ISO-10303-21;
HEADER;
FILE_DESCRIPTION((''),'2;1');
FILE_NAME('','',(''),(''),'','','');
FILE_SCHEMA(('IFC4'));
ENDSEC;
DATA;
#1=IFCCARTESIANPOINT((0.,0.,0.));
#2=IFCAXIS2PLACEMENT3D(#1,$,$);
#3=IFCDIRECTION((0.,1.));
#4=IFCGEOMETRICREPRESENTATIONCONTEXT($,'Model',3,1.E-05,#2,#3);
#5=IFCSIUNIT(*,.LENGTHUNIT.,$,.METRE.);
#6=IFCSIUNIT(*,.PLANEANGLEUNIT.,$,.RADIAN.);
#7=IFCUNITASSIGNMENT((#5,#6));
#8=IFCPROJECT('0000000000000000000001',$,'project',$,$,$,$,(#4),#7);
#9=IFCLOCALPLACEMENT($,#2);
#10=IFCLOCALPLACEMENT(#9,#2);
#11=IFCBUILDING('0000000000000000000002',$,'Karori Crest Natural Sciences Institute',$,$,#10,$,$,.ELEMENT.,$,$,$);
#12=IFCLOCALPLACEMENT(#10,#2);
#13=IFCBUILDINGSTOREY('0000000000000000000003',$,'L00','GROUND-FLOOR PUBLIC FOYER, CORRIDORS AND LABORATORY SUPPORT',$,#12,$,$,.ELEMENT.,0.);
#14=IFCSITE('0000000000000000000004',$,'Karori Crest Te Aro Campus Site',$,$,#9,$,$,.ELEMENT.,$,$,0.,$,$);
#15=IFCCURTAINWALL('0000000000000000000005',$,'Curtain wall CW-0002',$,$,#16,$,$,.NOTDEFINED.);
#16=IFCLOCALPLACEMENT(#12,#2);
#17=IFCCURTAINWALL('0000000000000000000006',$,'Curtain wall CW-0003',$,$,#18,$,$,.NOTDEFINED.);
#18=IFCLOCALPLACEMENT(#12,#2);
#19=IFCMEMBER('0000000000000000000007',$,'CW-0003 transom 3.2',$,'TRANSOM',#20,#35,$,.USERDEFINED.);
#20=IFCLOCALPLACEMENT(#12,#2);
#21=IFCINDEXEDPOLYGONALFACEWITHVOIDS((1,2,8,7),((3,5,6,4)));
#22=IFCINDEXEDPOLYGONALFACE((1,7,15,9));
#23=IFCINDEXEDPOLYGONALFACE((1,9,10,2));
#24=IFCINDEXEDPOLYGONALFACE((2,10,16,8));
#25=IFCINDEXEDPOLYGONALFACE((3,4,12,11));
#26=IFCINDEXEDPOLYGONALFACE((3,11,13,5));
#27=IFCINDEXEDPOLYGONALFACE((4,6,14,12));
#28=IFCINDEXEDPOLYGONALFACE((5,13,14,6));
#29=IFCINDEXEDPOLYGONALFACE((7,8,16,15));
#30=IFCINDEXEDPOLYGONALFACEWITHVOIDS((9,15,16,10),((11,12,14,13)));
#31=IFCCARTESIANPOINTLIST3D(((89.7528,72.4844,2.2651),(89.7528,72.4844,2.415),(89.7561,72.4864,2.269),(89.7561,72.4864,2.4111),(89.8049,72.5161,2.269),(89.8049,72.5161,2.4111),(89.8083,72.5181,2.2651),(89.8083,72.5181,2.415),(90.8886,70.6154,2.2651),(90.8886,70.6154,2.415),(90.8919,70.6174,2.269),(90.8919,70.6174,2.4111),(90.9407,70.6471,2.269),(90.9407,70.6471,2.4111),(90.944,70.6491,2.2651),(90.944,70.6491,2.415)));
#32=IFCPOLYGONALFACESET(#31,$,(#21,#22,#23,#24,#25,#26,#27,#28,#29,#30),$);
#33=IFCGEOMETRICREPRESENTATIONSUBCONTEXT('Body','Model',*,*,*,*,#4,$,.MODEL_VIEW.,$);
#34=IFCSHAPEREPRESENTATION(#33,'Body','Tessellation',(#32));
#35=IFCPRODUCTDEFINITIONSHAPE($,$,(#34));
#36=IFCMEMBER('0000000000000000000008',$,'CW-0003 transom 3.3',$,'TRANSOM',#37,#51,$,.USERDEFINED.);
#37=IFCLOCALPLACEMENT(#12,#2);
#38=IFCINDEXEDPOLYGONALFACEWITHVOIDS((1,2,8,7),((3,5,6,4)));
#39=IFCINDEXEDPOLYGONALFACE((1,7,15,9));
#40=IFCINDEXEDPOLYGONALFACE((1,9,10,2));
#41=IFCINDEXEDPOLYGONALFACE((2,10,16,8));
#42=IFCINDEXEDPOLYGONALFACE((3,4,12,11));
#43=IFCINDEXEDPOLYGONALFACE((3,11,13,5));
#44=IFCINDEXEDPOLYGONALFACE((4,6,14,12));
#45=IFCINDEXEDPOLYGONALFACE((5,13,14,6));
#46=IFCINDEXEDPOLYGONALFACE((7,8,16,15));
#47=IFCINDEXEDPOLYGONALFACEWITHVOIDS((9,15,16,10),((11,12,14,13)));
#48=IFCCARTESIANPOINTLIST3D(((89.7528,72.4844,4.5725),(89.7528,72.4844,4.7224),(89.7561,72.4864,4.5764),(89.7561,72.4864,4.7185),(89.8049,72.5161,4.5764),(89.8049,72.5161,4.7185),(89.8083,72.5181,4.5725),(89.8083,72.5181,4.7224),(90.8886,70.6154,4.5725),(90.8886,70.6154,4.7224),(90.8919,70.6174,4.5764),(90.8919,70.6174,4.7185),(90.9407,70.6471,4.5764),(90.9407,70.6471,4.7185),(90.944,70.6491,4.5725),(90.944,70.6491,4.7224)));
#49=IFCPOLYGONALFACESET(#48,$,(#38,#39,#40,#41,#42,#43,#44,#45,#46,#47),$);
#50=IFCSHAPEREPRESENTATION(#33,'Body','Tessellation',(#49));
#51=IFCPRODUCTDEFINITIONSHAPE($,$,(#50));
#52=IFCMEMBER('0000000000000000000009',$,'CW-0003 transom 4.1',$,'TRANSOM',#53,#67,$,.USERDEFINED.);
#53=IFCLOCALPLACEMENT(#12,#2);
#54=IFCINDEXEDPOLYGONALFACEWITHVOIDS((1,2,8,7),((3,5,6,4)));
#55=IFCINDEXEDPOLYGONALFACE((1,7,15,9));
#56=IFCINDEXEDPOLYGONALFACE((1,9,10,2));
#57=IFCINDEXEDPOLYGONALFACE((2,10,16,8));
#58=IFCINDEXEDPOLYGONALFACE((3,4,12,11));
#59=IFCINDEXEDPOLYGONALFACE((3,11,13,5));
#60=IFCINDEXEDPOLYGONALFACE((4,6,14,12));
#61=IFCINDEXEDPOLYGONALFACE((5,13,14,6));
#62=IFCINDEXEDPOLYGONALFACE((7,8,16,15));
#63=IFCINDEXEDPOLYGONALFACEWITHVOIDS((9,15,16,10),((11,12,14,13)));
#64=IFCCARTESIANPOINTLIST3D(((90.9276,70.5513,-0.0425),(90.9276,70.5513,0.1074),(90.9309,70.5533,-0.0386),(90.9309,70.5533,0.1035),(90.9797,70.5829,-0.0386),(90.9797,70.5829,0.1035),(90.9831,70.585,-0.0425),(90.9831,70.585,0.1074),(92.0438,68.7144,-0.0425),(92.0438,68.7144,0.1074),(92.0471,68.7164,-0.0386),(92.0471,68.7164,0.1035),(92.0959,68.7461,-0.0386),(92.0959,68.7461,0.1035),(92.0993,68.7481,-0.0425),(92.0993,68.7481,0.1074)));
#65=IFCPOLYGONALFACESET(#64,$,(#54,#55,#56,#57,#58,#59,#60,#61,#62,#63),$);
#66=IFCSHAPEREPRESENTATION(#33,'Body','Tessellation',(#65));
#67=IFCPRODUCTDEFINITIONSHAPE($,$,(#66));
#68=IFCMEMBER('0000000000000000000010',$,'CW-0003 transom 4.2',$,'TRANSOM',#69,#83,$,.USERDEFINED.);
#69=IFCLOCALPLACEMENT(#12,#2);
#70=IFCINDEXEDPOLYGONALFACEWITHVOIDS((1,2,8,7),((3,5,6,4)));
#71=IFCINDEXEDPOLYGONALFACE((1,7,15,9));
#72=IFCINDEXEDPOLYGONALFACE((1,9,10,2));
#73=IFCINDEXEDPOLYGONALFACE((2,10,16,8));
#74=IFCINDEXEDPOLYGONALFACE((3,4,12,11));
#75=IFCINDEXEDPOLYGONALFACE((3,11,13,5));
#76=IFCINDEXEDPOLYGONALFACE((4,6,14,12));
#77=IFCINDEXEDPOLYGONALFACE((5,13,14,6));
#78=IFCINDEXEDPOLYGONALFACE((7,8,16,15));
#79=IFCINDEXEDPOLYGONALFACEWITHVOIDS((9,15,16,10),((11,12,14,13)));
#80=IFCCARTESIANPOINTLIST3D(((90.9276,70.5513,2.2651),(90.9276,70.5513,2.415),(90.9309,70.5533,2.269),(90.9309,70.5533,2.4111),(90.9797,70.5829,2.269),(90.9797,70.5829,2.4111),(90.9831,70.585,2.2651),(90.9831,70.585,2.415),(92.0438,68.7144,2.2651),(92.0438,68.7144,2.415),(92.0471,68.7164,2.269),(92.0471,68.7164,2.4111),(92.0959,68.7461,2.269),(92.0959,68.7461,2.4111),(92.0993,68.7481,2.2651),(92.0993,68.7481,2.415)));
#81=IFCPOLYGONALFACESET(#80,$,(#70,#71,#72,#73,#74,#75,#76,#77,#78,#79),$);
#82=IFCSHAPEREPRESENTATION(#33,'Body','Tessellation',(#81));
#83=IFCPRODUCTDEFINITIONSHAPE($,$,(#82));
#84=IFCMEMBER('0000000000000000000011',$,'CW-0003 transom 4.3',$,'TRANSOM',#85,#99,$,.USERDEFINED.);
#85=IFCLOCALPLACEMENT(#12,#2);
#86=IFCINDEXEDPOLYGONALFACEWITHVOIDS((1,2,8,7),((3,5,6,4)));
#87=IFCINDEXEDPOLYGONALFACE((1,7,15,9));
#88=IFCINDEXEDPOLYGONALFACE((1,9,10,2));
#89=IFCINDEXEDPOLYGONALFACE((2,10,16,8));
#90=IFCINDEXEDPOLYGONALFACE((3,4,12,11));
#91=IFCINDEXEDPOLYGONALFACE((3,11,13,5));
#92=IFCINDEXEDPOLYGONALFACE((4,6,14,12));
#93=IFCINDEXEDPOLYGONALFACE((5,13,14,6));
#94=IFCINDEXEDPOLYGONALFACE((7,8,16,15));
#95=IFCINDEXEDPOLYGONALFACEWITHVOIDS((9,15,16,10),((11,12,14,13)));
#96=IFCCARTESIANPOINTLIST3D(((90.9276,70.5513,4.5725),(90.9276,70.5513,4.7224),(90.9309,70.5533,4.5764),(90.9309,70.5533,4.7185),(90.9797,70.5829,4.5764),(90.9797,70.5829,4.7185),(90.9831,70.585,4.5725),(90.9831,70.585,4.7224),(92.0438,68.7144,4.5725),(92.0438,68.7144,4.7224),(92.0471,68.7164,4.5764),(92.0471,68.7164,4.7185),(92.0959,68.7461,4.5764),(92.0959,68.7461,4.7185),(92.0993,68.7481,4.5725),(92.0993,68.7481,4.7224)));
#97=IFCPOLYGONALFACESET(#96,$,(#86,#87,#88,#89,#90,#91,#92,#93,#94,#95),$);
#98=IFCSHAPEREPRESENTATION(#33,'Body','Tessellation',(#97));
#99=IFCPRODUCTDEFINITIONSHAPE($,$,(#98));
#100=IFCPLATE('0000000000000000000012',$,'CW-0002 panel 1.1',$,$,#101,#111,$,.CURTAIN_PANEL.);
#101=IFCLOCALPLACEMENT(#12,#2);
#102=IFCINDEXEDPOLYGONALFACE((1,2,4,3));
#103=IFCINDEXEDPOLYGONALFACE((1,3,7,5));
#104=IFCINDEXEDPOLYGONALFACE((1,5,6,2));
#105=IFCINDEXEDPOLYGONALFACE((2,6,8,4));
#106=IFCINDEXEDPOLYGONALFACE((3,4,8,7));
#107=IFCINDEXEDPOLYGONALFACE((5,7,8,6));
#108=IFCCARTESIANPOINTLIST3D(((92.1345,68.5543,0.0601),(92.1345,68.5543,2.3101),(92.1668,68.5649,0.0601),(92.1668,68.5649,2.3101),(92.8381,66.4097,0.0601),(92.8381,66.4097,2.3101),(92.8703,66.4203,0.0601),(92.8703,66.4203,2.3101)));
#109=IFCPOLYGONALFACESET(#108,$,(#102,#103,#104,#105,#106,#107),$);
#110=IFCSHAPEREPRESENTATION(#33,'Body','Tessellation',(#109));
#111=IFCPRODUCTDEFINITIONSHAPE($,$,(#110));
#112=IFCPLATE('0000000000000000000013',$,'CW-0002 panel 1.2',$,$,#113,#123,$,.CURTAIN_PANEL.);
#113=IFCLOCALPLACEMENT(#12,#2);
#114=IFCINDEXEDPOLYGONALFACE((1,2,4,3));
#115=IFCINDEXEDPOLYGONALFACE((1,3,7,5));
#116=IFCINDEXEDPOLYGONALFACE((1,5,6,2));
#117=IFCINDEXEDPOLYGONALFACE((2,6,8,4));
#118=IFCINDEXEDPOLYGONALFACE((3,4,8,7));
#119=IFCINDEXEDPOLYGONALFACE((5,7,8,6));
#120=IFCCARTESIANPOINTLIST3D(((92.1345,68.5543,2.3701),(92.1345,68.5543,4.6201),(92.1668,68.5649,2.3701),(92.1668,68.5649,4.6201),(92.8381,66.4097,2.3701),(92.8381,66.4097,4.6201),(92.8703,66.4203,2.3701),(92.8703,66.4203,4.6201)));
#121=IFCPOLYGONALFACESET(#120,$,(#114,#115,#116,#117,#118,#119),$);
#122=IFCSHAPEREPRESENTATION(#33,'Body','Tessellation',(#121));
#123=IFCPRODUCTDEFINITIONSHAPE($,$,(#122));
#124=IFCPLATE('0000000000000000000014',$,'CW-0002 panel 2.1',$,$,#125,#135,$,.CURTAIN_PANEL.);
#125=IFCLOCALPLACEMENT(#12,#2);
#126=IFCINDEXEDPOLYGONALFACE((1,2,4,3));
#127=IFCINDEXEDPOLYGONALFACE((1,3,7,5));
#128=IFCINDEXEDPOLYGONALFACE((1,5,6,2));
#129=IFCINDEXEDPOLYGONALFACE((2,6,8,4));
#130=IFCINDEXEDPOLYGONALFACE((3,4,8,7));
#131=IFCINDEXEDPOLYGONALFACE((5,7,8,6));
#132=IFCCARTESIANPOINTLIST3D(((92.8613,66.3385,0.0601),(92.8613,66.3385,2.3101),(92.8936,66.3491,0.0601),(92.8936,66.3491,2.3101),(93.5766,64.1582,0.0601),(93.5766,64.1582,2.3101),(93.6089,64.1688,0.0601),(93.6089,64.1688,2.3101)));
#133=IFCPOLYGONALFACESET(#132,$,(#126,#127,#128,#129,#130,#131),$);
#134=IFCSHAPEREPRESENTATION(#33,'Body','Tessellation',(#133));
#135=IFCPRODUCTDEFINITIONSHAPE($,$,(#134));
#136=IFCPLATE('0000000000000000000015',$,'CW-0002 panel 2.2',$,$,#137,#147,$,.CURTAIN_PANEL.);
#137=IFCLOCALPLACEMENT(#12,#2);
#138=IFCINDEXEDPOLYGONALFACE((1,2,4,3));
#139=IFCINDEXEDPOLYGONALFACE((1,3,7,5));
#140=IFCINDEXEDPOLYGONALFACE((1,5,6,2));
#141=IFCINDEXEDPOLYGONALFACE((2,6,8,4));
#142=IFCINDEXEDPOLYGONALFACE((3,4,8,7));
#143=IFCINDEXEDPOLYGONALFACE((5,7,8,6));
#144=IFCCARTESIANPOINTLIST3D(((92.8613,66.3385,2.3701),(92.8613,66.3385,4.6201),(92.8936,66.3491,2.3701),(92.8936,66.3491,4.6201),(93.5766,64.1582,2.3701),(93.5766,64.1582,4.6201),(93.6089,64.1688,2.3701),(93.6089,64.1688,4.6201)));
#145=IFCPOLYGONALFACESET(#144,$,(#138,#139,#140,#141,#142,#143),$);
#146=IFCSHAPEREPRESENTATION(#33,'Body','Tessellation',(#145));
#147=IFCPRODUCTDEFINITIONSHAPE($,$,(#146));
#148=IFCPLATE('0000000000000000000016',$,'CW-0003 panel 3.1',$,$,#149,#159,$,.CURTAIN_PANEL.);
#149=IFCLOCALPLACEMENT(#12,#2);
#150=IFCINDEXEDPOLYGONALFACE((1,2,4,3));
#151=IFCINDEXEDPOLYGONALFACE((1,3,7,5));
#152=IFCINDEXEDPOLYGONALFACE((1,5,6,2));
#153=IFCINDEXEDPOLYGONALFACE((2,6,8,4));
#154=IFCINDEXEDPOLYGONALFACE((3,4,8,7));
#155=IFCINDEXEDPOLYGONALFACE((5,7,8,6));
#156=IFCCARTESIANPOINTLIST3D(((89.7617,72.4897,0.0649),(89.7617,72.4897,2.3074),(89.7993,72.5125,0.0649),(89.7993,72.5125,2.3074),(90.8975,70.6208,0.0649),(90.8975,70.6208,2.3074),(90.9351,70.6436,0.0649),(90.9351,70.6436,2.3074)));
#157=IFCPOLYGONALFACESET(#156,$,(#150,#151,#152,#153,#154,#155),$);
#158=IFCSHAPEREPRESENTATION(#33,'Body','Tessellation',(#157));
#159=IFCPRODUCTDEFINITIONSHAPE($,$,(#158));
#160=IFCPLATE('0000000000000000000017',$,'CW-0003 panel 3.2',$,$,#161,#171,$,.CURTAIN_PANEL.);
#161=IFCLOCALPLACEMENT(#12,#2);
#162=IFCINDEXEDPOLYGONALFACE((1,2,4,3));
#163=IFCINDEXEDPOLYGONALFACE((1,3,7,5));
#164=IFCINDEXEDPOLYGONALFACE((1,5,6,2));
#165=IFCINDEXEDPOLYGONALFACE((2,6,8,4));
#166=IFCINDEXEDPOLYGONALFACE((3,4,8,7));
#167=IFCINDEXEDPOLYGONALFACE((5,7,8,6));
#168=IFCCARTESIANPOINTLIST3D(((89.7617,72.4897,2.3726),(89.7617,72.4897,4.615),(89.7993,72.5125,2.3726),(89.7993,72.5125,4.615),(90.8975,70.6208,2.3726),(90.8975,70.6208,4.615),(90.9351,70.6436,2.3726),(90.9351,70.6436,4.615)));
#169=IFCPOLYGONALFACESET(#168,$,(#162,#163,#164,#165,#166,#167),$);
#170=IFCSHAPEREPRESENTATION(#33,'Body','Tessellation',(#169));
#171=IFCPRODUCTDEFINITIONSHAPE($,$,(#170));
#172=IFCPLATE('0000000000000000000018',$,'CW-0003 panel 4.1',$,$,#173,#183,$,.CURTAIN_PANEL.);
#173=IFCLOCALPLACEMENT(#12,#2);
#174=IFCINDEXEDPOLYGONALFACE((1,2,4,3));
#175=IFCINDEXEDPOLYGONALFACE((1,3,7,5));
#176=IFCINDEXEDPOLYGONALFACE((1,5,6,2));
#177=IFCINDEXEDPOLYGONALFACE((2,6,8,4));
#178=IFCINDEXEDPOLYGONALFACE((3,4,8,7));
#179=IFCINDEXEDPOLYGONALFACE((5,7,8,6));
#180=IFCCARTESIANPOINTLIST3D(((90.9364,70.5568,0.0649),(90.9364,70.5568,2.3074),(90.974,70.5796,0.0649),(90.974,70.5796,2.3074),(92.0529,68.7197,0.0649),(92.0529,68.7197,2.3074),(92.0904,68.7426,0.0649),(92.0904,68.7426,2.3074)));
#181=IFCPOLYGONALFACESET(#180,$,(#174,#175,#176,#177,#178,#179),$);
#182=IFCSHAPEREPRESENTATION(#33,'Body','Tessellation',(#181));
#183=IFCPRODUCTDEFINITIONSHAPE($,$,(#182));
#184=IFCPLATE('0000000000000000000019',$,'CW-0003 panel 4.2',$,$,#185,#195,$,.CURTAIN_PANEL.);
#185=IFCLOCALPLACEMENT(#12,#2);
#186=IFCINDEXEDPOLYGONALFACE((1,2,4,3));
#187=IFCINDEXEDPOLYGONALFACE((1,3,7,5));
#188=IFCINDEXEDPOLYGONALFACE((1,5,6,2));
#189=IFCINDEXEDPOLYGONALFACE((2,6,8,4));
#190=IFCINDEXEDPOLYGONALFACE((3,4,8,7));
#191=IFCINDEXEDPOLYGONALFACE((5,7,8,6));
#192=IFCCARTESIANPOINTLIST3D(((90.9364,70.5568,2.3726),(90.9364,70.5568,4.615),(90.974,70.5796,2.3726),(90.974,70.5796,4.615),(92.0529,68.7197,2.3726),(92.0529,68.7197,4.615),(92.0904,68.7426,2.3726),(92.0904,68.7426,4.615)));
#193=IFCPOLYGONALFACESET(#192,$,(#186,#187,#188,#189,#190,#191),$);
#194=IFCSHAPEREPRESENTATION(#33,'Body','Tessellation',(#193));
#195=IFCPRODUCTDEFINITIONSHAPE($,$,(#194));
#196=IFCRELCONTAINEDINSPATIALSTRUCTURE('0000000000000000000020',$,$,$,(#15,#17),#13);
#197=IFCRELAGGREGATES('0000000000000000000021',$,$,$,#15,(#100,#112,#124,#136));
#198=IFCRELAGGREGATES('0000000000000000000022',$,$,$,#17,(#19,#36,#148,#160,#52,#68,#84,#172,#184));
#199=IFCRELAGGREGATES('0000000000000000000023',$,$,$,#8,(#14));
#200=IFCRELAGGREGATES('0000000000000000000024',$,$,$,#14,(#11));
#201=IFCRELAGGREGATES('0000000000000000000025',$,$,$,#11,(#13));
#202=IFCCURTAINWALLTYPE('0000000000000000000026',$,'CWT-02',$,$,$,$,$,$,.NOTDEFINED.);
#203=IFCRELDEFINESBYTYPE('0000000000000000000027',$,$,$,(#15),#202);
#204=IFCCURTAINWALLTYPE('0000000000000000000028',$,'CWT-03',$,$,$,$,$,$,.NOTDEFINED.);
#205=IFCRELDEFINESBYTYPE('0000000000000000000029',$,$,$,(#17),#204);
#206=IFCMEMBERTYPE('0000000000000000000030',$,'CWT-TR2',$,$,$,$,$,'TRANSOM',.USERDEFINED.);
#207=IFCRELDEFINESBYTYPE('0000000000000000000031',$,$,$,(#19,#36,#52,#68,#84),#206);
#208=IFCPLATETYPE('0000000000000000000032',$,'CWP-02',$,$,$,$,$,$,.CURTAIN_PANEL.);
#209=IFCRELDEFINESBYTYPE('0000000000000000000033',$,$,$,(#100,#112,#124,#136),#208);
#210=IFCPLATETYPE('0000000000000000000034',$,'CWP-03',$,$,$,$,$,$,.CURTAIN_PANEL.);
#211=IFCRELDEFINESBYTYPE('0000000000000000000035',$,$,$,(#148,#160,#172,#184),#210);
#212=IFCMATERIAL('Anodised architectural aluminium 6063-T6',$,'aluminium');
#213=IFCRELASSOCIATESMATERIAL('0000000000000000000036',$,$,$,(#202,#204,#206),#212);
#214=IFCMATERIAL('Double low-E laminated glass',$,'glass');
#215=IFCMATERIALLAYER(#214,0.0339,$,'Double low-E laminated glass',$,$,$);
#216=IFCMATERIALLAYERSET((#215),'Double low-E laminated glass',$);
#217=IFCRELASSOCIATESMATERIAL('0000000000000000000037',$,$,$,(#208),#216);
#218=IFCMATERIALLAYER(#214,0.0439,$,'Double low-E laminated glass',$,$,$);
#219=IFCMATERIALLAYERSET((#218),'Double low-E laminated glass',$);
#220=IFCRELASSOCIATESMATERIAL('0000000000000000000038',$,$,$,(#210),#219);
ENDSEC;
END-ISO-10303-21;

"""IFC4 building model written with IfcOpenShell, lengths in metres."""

from ifc_helpers import new_model, si_unit, direction, frame, origin, origin_2d, place, context, subcontext, project, spatial, rectangle, hollow_rectangle, extrude, material, layer, layer_set, material_profile, profile_set, type_object, element, aggregate, save


model = new_model("IFC4")

# Units and contexts
model_context = context("Model", 3, precision=1e-05, world=origin(), true_north=direction((0.0, 1.0)))
body_context = subcontext(model_context, "Body", "Model", "MODEL_VIEW")
ifc_project = project(units=[si_unit("LENGTHUNIT", "METRE"), si_unit("PLANEANGLEUNIT", "RADIAN")], contexts=[model_context])

# Site, building, storey
site_placement = place(None, origin())
site = spatial("IfcSite", under=ifc_project, at=site_placement, Name="Karori Crest Te Aro Campus Site", CompositionType="ELEMENT", RefElevation=0.0)
building_placement = place(site_placement, origin())
building = spatial("IfcBuilding", under=site, at=building_placement, Name="Karori Crest Natural Sciences Institute", CompositionType="ELEMENT")
storey_placement = place(building_placement, origin())
storey = spatial("IfcBuildingStorey", under=building, at=storey_placement, Name="L00", Description="GROUND-FLOOR PUBLIC FOYER, CORRIDORS AND LABORATORY SUPPORT", CompositionType="ELEMENT", Elevation=0.0)

# Curtain walls
ifc_material_1 = material(Name="Anodised architectural aluminium 6063-T6", Category="aluminium")
curtain_wall_type_1 = type_object("IfcCurtainWallType", Name="CWT-02", PredefinedType="NOTDEFINED", material=ifc_material_1)
curtain_wall_1_placement = place(storey_placement, origin())
curtain_wall_1 = element("IfcCurtainWall", 1, at=curtain_wall_1_placement, inside=storey, type_object=curtain_wall_type_1, Name="Curtain wall CW-0002", PredefinedType="NOTDEFINED")
curtain_wall_type_2 = type_object("IfcCurtainWallType", Name="CWT-03", PredefinedType="NOTDEFINED", material=ifc_material_1)
curtain_wall_2_placement = place(storey_placement, origin())
curtain_wall_2 = element("IfcCurtainWall", 2, at=curtain_wall_2_placement, inside=storey, type_object=curtain_wall_type_2, Name="Curtain wall CW-0003", PredefinedType="NOTDEFINED")

# Members
ifc_material_profile_1 = material_profile(ifc_material_1, hollow_rectangle(XDim=0.0649, YDim=0.1499, WallThickness=0.0039, at=origin_2d()), Name="CWT150x65x4")
ifc_profile_set_1 = profile_set([ifc_material_profile_1], Name="Anodised architectural aluminium 6063-T6")
member_type_1 = type_object("IfcMemberType", Name="CWT-TR2", ElementType="TRANSOM", PredefinedType="USERDEFINED", material=ifc_profile_set_1)
member_1_placement = place(storey_placement, frame((89.7805, 72.5012, 2.3401), z_axis=(0.519331, -0.854573, 0.0), x_axis=(0.854573, 0.519331, 0.0)))
member_1 = element("IfcMember", 3, at=member_1_placement, type_object=member_type_1, Name="CW-0003 transom 3.2", ObjectType="TRANSOM", PredefinedType="USERDEFINED", context=body_context, shape_type="SweptSolid", body=[
    extrude(hollow_rectangle(XDim=0.0649, YDim=0.1499, WallThickness=0.0039, at=origin_2d()), origin(), (0.0, 0.0, 1.0), 2.187),
])
member_2_placement = place(storey_placement, frame((89.7805, 72.5012, 4.6475), z_axis=(0.519331, -0.854573, 0.0), x_axis=(0.854573, 0.519331, 0.0)))
member_2 = element("IfcMember", 4, at=member_2_placement, type_object=member_type_1, Name="CW-0003 transom 3.3", ObjectType="TRANSOM", PredefinedType="USERDEFINED", context=body_context, shape_type="SweptSolid", body=[
    extrude(hollow_rectangle(XDim=0.0649, YDim=0.1499, WallThickness=0.0039, at=origin_2d()), origin(), (0.0, 0.0, 1.0), 2.187),
])
member_3_placement = place(storey_placement, frame((90.9553, 70.5681, 0.0325), z_axis=(0.519298, -0.854593, 0.0), x_axis=(0.854593, 0.519298, 0.0)))
member_3 = element("IfcMember", 5, at=member_3_placement, type_object=member_type_1, Name="CW-0003 transom 4.1", ObjectType="TRANSOM", PredefinedType="USERDEFINED", context=body_context, shape_type="SweptSolid", body=[
    extrude(hollow_rectangle(XDim=0.0649, YDim=0.1499, WallThickness=0.0039, at=origin_2d()), origin(), (0.0, 0.0, 1.0), 2.1494),
])
member_4_placement = place(storey_placement, frame((90.9553, 70.5681, 2.3401), z_axis=(0.519298, -0.854593, 0.0), x_axis=(0.854593, 0.519298, 0.0)))
member_4 = element("IfcMember", 6, at=member_4_placement, type_object=member_type_1, Name="CW-0003 transom 4.2", ObjectType="TRANSOM", PredefinedType="USERDEFINED", context=body_context, shape_type="SweptSolid", body=[
    extrude(hollow_rectangle(XDim=0.0649, YDim=0.1499, WallThickness=0.0039, at=origin_2d()), origin(), (0.0, 0.0, 1.0), 2.1494),
])
member_5_placement = place(storey_placement, frame((90.9553, 70.5681, 4.6475), z_axis=(0.519298, -0.854593, 0.0), x_axis=(0.854593, 0.519298, 0.0)))
member_5 = element("IfcMember", 7, at=member_5_placement, type_object=member_type_1, Name="CW-0003 transom 4.3", ObjectType="TRANSOM", PredefinedType="USERDEFINED", context=body_context, shape_type="SweptSolid", body=[
    extrude(hollow_rectangle(XDim=0.0649, YDim=0.1499, WallThickness=0.0039, at=origin_2d()), origin(), (0.0, 0.0, 1.0), 2.1494),
])

# Plates
ifc_material_2 = material(Name="Double low-E laminated glass", Category="glass")
ifc_layer_1 = layer(ifc_material_2, 0.0339, Name="Double low-E laminated glass")
ifc_layer_set_1 = layer_set([ifc_layer_1], Name="Double low-E laminated glass")
plate_type_1 = type_object("IfcPlateType", Name="CWP-02", PredefinedType="CURTAIN_PANEL", material=ifc_layer_set_1)
plate_1_placement = place(storey_placement, frame((92.5024, 67.4873, 0.0601), z_axis=(0.0, 0.0, 1.0), x_axis=(0.311714, -0.950176, 0.0)))
plate_1 = element("IfcPlate", 8, at=plate_1_placement, type_object=plate_type_1, Name="CW-0002 panel 1.1", PredefinedType="CURTAIN_PANEL", context=body_context, shape_type="SweptSolid", body=[
    extrude(rectangle(XDim=2.2571, YDim=0.0339, at=origin_2d()), origin(), (0.0, 0.0, 1.0), 2.25),
])
plate_2_placement = place(storey_placement, frame((92.5024, 67.4873, 2.3701), z_axis=(0.0, 0.0, 1.0), x_axis=(0.311714, -0.950176, 0.0)))
plate_2 = element("IfcPlate", 9, at=plate_2_placement, type_object=plate_type_1, Name="CW-0002 panel 1.2", PredefinedType="CURTAIN_PANEL", context=body_context, shape_type="SweptSolid", body=[
    extrude(rectangle(XDim=2.2571, YDim=0.0339, at=origin_2d()), origin(), (0.0, 0.0, 1.0), 2.25),
])
plate_3_placement = place(storey_placement, frame((93.2351, 65.2537, 0.0601), z_axis=(0.0, 0.0, 1.0), x_axis=(0.311714, -0.950176, 0.0)))
plate_3 = element("IfcPlate", 10, at=plate_3_placement, type_object=plate_type_1, Name="CW-0002 panel 2.1", PredefinedType="CURTAIN_PANEL", context=body_context, shape_type="SweptSolid", body=[
    extrude(rectangle(XDim=2.2947, YDim=0.0339, at=origin_2d()), origin(), (0.0, 0.0, 1.0), 2.25),
])
plate_4_placement = place(storey_placement, frame((93.2351, 65.2537, 2.3701), z_axis=(0.0, 0.0, 1.0), x_axis=(0.311714, -0.950176, 0.0)))
plate_4 = element("IfcPlate", 11, at=plate_4_placement, type_object=plate_type_1, Name="CW-0002 panel 2.2", PredefinedType="CURTAIN_PANEL", context=body_context, shape_type="SweptSolid", body=[
    extrude(rectangle(XDim=2.2947, YDim=0.0339, at=origin_2d()), origin(), (0.0, 0.0, 1.0), 2.25),
])
aggregate(curtain_wall_1, [plate_1, plate_2, plate_3, plate_4])
ifc_layer_2 = layer(ifc_material_2, 0.0439, Name="Double low-E laminated glass")
ifc_layer_set_2 = layer_set([ifc_layer_2], Name="Double low-E laminated glass")
plate_type_2 = type_object("IfcPlateType", Name="CWP-03", PredefinedType="CURTAIN_PANEL", material=ifc_layer_set_2)
plate_5_placement = place(storey_placement, frame((90.3484, 71.5667, 0.0649), z_axis=(0.0, 0.0, 1.0), x_axis=(0.519341, -0.854567, 0.0)))
plate_5 = element("IfcPlate", 12, at=plate_5_placement, type_object=plate_type_2, Name="CW-0003 panel 3.1", PredefinedType="CURTAIN_PANEL", context=body_context, shape_type="SweptSolid", body=[
    extrude(rectangle(XDim=2.187, YDim=0.0439, at=origin_2d()), origin(), (0.0, 0.0, 1.0), 2.2424),
])
plate_6_placement = place(storey_placement, frame((90.3484, 71.5667, 2.3726), z_axis=(0.0, 0.0, 1.0), x_axis=(0.519341, -0.854567, 0.0)))
plate_6 = element("IfcPlate", 13, at=plate_6_placement, type_object=plate_type_2, Name="CW-0003 panel 3.2", PredefinedType="CURTAIN_PANEL", context=body_context, shape_type="SweptSolid", body=[
    extrude(rectangle(XDim=2.187, YDim=0.0439, at=origin_2d()), origin(), (0.0, 0.0, 1.0), 2.2424),
])
plate_7_placement = place(storey_placement, frame((91.5134, 69.6497, 0.0649), z_axis=(0.0, 0.0, 1.0), x_axis=(0.519341, -0.854567, 0.0)))
plate_7 = element("IfcPlate", 14, at=plate_7_placement, type_object=plate_type_2, Name="CW-0003 panel 4.1", PredefinedType="CURTAIN_PANEL", context=body_context, shape_type="SweptSolid", body=[
    extrude(rectangle(XDim=2.1497, YDim=0.0439, at=origin_2d()), origin(), (0.0, 0.0, 1.0), 2.2424),
])
plate_8_placement = place(storey_placement, frame((91.5134, 69.6497, 2.3726), z_axis=(0.0, 0.0, 1.0), x_axis=(0.519341, -0.854567, 0.0)))
plate_8 = element("IfcPlate", 15, at=plate_8_placement, type_object=plate_type_2, Name="CW-0003 panel 4.2", PredefinedType="CURTAIN_PANEL", context=body_context, shape_type="SweptSolid", body=[
    extrude(rectangle(XDim=2.1497, YDim=0.0439, at=origin_2d()), origin(), (0.0, 0.0, 1.0), 2.2424),
])
aggregate(curtain_wall_2, [member_1, member_2, plate_5, plate_6, member_3, member_4, member_5, plate_7, plate_8])

save(model, "model.ifc")
